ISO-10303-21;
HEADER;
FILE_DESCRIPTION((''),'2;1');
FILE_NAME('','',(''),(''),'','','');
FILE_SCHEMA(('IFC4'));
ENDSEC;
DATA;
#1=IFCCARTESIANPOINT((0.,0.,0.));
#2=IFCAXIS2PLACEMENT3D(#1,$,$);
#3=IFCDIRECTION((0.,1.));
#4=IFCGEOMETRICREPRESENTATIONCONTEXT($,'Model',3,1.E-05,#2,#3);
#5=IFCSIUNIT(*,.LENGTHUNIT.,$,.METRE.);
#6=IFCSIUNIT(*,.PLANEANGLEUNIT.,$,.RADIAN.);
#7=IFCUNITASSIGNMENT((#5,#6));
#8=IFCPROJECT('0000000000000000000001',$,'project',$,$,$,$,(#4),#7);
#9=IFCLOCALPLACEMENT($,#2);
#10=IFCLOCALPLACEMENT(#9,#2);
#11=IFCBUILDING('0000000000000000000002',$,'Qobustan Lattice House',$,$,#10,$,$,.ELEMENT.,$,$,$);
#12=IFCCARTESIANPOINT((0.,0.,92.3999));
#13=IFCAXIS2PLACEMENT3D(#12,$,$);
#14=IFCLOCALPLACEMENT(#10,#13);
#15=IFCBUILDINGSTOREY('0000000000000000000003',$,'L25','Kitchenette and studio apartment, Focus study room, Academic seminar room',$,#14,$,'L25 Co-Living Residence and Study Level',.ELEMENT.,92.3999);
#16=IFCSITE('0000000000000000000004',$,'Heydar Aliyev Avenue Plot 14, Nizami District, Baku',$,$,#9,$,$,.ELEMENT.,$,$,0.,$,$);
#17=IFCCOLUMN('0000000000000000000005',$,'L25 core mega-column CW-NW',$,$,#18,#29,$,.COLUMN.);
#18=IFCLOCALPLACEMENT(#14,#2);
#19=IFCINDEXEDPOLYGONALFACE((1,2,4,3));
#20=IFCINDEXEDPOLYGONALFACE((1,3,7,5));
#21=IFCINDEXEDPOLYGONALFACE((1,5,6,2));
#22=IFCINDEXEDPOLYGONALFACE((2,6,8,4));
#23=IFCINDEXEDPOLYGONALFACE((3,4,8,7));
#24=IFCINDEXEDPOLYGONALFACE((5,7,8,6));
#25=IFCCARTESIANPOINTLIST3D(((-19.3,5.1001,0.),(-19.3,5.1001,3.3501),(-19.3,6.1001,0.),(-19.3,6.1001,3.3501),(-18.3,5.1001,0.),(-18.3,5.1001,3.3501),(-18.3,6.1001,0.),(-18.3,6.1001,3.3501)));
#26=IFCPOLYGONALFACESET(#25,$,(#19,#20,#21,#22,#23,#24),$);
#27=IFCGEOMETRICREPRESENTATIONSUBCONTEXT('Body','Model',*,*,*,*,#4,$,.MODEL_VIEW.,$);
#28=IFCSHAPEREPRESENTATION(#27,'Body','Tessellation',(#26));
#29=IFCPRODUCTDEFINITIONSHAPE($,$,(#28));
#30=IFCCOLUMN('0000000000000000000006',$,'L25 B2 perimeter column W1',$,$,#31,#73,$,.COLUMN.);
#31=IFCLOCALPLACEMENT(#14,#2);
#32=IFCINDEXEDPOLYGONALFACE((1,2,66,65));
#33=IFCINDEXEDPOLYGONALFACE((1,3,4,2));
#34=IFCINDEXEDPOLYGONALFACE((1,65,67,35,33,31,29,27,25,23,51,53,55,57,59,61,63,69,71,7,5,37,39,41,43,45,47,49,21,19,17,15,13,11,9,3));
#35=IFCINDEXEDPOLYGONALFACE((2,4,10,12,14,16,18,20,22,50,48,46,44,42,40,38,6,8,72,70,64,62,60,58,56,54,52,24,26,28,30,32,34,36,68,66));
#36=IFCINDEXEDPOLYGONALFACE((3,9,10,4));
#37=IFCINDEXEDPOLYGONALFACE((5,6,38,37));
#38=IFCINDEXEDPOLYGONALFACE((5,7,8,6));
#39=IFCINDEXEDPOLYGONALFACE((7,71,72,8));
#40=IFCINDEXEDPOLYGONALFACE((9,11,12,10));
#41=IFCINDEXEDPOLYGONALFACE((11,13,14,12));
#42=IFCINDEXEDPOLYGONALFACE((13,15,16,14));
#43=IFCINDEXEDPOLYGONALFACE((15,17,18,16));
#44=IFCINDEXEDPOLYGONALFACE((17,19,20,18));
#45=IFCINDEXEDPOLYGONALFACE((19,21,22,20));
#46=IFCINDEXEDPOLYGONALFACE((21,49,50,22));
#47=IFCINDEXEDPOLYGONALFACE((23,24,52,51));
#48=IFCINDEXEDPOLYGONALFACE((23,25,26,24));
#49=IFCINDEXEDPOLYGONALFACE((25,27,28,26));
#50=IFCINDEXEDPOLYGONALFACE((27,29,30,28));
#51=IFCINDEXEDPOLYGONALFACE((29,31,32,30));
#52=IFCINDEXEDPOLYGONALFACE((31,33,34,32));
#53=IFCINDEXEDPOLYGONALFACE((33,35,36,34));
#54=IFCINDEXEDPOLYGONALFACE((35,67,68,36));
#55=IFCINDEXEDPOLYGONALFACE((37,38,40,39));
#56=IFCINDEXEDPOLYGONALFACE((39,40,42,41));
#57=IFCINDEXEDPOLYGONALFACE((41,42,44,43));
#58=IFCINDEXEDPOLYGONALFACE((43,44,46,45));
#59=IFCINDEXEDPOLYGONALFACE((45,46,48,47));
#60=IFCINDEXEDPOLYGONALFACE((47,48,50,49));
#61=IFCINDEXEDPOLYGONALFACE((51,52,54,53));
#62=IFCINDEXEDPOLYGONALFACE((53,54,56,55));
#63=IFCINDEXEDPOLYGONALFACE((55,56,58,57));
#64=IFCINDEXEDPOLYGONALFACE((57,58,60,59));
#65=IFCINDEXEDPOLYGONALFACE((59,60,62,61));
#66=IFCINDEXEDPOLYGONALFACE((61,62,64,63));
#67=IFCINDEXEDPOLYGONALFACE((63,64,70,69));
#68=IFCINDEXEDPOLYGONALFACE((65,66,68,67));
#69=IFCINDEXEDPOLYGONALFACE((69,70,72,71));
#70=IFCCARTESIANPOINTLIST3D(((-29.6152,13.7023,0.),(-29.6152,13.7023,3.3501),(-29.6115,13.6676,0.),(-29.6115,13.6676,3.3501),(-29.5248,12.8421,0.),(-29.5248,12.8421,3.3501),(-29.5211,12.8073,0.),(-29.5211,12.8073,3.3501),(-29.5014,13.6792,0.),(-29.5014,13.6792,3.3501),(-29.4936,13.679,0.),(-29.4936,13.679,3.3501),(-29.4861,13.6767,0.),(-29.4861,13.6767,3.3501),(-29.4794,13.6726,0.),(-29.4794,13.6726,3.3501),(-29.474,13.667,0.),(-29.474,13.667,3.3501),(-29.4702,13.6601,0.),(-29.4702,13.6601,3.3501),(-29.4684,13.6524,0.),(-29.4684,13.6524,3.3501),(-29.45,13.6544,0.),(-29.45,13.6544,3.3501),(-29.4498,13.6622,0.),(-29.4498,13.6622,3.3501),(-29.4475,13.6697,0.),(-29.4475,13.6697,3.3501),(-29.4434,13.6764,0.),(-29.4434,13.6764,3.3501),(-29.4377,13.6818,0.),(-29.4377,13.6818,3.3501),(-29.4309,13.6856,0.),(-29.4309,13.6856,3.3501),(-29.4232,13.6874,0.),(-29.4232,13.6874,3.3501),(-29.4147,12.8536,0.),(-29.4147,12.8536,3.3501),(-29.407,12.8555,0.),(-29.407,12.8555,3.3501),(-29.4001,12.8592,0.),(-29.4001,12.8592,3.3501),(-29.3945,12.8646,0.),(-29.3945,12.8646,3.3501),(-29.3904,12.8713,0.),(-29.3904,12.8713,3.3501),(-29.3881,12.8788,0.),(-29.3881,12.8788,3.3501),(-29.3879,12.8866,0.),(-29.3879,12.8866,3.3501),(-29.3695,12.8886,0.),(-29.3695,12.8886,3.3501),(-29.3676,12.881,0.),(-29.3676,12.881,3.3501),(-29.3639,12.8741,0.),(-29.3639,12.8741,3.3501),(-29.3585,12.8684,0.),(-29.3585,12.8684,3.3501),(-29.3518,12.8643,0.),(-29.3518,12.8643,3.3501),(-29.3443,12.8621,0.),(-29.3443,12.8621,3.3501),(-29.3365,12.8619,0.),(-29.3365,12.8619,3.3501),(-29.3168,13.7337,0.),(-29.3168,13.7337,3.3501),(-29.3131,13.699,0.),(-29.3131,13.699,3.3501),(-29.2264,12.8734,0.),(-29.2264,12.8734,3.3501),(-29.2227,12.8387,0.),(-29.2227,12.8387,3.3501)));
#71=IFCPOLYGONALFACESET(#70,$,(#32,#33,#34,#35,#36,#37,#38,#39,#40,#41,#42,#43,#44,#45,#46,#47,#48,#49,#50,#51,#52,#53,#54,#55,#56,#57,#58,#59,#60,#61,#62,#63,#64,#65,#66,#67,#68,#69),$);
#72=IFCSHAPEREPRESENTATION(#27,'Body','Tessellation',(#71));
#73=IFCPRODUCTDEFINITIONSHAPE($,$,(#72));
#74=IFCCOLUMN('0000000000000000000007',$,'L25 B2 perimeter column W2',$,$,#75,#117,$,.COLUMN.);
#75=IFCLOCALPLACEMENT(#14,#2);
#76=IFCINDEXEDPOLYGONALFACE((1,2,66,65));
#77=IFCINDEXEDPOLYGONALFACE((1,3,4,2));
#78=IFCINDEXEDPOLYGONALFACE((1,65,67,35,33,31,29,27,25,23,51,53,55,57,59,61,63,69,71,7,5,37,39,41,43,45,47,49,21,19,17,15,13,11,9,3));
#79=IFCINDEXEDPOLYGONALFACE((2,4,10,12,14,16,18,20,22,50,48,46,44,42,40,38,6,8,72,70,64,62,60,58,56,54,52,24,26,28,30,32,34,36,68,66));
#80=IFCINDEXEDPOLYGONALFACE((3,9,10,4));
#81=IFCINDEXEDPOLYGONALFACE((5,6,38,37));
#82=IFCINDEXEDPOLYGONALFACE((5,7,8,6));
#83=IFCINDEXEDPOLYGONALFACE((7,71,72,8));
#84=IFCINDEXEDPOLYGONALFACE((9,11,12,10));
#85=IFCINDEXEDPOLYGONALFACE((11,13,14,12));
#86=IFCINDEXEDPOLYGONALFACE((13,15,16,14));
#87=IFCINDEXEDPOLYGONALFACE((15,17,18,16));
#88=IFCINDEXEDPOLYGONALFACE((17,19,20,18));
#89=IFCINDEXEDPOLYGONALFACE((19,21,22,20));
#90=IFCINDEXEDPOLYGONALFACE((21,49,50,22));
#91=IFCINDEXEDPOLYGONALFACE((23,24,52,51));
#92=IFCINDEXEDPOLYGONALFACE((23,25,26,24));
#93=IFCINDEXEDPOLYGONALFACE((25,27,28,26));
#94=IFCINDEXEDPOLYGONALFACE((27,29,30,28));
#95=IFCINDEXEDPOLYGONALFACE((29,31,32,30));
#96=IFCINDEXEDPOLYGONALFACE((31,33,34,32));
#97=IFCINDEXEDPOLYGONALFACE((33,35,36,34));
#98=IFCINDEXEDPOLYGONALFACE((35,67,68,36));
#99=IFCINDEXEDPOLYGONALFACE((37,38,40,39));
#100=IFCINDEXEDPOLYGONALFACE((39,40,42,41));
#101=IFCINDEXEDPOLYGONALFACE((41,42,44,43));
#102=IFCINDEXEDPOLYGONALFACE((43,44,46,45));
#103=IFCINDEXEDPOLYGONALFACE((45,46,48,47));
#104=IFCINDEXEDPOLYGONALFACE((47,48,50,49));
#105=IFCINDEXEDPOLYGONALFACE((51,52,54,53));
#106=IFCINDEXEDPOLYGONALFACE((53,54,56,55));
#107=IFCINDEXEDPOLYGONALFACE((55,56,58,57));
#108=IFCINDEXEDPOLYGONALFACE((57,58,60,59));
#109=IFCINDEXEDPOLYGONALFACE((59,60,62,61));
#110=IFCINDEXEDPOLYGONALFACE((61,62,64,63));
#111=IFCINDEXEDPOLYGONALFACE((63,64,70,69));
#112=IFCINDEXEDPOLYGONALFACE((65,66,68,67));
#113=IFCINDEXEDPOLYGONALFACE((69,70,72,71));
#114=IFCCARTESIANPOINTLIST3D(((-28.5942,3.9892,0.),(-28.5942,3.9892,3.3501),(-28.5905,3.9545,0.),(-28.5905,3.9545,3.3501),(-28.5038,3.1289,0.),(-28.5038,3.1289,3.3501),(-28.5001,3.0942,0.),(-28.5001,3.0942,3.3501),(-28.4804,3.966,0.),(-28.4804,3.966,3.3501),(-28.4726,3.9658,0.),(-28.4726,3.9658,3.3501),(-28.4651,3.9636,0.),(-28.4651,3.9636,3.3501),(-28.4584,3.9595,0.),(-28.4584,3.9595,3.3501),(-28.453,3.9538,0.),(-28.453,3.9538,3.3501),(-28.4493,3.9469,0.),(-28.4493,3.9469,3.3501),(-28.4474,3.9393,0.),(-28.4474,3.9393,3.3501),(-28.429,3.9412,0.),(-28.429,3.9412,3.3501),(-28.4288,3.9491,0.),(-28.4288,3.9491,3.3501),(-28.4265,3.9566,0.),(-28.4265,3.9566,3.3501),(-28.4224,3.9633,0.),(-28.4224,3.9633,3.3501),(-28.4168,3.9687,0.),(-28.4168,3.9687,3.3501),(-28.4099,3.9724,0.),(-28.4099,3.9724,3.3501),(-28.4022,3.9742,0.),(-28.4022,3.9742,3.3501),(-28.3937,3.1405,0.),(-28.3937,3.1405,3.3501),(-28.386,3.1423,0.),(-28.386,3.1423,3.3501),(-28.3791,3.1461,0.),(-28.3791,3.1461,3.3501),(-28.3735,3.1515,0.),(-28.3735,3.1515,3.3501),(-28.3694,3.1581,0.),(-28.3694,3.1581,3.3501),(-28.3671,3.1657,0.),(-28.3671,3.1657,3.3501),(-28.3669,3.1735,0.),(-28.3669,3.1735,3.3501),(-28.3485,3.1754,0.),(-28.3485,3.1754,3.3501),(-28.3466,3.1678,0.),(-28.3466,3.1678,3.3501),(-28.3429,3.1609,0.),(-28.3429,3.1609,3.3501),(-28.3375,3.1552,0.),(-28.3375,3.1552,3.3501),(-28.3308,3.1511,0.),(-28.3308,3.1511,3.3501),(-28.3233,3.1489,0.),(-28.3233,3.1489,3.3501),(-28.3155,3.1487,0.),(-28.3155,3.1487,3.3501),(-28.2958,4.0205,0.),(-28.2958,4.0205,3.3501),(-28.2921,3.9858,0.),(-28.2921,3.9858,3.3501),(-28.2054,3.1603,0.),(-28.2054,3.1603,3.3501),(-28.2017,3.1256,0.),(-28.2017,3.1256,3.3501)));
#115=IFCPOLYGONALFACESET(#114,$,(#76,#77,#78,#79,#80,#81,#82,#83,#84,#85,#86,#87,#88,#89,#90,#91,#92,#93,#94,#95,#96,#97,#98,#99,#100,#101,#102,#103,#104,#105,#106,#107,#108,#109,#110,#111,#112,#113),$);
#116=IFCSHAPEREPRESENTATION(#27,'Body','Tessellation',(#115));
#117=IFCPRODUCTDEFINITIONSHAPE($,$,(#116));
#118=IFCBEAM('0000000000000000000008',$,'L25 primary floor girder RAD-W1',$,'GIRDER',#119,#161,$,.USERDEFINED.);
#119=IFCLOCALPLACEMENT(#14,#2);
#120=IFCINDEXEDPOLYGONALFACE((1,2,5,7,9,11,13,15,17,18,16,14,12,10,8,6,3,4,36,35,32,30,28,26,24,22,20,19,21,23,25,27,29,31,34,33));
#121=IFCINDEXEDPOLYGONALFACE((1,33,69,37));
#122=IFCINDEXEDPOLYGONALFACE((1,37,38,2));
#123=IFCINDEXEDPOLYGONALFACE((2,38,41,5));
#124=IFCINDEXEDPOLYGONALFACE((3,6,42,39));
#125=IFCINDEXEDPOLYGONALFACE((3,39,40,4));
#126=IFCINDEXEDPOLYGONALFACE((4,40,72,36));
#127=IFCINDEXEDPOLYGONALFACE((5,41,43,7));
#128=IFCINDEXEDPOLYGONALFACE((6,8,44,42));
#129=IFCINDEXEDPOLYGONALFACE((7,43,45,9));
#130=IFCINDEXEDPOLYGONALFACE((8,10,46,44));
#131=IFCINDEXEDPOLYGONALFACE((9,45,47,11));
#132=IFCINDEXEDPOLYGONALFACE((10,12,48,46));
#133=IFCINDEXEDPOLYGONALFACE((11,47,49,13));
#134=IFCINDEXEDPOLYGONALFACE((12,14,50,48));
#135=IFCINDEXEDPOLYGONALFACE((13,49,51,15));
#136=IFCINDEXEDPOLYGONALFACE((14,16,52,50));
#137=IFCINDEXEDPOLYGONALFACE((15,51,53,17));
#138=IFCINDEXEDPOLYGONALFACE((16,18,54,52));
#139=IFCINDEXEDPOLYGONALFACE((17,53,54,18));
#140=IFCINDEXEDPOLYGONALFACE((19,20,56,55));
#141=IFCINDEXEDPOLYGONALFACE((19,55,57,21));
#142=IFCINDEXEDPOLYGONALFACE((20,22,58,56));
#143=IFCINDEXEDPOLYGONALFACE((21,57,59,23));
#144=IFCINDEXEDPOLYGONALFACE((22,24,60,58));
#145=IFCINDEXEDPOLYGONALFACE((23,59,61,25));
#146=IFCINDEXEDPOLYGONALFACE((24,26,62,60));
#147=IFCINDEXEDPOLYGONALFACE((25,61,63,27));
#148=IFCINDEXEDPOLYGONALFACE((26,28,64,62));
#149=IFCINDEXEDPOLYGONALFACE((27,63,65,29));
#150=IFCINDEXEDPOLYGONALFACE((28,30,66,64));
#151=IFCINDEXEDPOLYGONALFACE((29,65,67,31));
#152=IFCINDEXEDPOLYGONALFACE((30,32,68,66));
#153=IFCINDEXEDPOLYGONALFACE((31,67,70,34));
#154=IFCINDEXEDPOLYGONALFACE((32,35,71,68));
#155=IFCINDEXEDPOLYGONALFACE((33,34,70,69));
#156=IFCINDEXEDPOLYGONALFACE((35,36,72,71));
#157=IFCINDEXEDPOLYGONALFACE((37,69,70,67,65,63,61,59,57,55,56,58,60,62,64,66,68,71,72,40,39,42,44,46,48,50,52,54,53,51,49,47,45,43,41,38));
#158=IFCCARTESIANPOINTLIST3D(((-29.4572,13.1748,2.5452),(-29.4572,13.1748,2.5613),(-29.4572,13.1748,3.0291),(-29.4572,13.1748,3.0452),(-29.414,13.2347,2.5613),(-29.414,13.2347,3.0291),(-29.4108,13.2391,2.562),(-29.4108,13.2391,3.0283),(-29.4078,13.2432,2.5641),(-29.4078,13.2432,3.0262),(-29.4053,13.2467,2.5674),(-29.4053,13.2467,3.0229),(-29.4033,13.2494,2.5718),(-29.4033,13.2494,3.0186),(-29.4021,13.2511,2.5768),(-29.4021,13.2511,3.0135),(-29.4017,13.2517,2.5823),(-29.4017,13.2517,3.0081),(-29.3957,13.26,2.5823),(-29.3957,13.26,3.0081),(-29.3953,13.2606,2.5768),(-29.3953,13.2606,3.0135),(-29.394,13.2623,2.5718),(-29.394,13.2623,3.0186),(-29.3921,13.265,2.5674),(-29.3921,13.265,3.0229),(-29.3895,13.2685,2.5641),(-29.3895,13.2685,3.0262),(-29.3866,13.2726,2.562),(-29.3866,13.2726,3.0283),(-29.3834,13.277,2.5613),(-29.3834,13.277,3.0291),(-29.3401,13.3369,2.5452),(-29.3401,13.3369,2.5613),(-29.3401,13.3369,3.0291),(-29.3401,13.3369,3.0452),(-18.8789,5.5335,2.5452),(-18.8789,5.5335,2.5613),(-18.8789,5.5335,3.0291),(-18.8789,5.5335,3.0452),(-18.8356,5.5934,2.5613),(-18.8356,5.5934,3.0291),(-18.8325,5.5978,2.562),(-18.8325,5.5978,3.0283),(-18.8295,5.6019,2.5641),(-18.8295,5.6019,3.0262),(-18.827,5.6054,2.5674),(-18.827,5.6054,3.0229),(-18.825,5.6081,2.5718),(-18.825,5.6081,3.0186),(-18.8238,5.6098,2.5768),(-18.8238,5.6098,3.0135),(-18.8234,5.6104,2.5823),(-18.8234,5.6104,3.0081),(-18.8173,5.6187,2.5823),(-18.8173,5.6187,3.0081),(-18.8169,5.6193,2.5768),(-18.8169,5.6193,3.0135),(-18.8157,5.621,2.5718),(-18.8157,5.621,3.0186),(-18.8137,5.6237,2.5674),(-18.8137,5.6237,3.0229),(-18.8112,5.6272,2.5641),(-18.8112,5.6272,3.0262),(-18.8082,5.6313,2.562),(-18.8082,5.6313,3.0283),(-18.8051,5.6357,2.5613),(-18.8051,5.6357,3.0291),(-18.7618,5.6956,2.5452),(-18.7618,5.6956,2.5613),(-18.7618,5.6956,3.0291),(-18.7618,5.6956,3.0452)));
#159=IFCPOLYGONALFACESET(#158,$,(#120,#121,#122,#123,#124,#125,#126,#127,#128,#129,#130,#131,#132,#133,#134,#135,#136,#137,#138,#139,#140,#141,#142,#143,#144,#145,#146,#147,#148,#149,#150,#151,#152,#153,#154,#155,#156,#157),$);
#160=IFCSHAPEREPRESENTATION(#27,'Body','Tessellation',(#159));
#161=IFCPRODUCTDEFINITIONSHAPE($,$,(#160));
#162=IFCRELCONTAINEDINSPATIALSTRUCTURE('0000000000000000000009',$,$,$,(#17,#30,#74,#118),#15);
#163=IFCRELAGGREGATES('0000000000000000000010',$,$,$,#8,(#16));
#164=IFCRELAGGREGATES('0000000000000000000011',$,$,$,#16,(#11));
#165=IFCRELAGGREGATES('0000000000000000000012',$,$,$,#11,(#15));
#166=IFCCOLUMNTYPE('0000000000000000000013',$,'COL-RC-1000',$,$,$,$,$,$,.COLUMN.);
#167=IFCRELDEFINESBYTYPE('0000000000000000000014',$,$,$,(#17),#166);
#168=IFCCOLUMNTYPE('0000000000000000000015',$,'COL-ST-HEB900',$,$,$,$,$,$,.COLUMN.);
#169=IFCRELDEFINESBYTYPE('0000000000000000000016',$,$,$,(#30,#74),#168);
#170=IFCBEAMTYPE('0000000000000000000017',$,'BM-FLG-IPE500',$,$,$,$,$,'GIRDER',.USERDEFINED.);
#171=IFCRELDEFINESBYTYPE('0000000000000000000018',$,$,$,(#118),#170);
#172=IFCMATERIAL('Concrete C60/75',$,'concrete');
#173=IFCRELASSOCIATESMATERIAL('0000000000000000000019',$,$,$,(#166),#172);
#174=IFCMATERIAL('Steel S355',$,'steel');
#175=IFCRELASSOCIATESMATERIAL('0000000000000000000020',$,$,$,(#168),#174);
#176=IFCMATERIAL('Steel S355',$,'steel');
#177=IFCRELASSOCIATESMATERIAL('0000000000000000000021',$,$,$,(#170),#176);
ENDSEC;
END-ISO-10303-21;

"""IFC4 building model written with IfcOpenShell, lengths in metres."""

from ifc_helpers import new_model, si_unit, direction, frame, origin, origin_2d, place, context, subcontext, project, spatial, rectangle, i_section, extrude, material, material_profile, profile_set, type_object, element, save


model = new_model("IFC4")

# Units and contexts
model_context = context("Model", 3, precision=1e-05, world=origin(), true_north=direction((0.0, 1.0)))
body_context = subcontext(model_context, "Body", "Model", "MODEL_VIEW")
ifc_project = project(units=[si_unit("LENGTHUNIT", "METRE"), si_unit("PLANEANGLEUNIT", "RADIAN")], contexts=[model_context])

# Site, building, storey
site_placement = place(None, origin())
site = spatial("IfcSite", under=ifc_project, at=site_placement, Name="Heydar Aliyev Avenue Plot 14, Nizami District, Baku", CompositionType="ELEMENT", RefElevation=0.0)
building_placement = place(site_placement, origin())
building = spatial("IfcBuilding", under=site, at=building_placement, Name="Qobustan Lattice House", CompositionType="ELEMENT")
storey_placement = place(building_placement, frame((0.0, 0.0, 92.3999)))
storey = spatial("IfcBuildingStorey", under=building, at=storey_placement, Name="L25", Description="Kitchenette and studio apartment, Focus study room, Academic seminar room", LongName="L25 Co-Living Residence and Study Level", CompositionType="ELEMENT", Elevation=92.3999)

# Columns
ifc_material_1 = material(Name="Concrete C60/75", Category="concrete")
ifc_material_profile_1 = material_profile(ifc_material_1, rectangle(XDim=1.0, YDim=1.0, at=origin_2d()), Name="RC1000x1000")
ifc_profile_set_1 = profile_set([ifc_material_profile_1], Name="Concrete C60/75")
column_type_1 = type_object("IfcColumnType", Name="COL-RC-1000", PredefinedType="COLUMN", material=ifc_profile_set_1)
column_placement = place(storey_placement, frame((-18.8, 5.6001, 0.0), z_axis=(0.0, 0.0, 1.0), x_axis=(1.0, 0.0, 0.0)))
element("IfcColumn", 1, at=column_placement, inside=storey, type_object=column_type_1, Name="L25 core mega-column CW-NW", PredefinedType="COLUMN", context=body_context, shape_type="SweptSolid", body=[
    extrude(rectangle(XDim=1.0, YDim=1.0, at=origin_2d()), origin(), (0.0, 0.0, 1.0), 3.3501),
])
ifc_material_2 = material(Name="Steel S355", Category="steel")
ifc_material_profile_2 = material_profile(ifc_material_2, i_section(OverallWidth=0.3, OverallDepth=0.8999, WebThickness=0.0186, FlangeThickness=0.0349, FilletRadius=0.03, at=origin_2d()), Name="HEB900")
ifc_profile_set_2 = profile_set([ifc_material_profile_2], Name="Steel S355")
column_type_2 = type_object("IfcColumnType", Name="COL-ST-HEB900", PredefinedType="COLUMN", material=ifc_profile_set_2)
for number, where, z_axis, x_axis, name in (
    (2, (-29.4189, 13.2705, 0.0), (0.0, 0.0, 1.0), (0.994522, 0.104528, 0.0), "L25 B2 perimeter column W1"),
    (3, (-28.3979, 3.5574, 0.0), (0.0, 0.0, 1.0), (0.994522, 0.104528, 0.0), "L25 B2 perimeter column W2"),
):
    element("IfcColumn", number, at=place(storey_placement, frame(where, z_axis=z_axis, x_axis=x_axis)), inside=storey, type_object=column_type_2, Name=name, PredefinedType="COLUMN", context=body_context, shape_type="SweptSolid", body=[
        extrude(i_section(OverallWidth=0.3, OverallDepth=0.8999, WebThickness=0.0186, FlangeThickness=0.0349, FilletRadius=0.03, at=origin_2d()), origin(), (0.0, 0.0, 1.0), 3.3501),
    ])

# Beam
ifc_material_3 = material(Name="Steel S355", Category="steel")
ifc_material_profile_3 = material_profile(ifc_material_3, i_section(OverallWidth=0.2, OverallDepth=0.5, WebThickness=0.0103, FlangeThickness=0.0161, FilletRadius=0.021, at=origin_2d()), Name="IPE500")
ifc_profile_set_3 = profile_set([ifc_material_profile_3], Name="Steel S355")
beam_type_1 = type_object("IfcBeamType", Name="BM-FLG-IPE500", ElementType="GIRDER", PredefinedType="USERDEFINED", material=ifc_profile_set_3)
beam_1_placement = place(storey_placement, frame((-29.3987, 13.2559, 2.7952), z_axis=(0.810627, -0.585562, 0.0), x_axis=(0.585562, 0.810627, 0.0)))
element("IfcBeam", 4, at=beam_1_placement, inside=storey, type_object=beam_type_1, Name="L25 primary floor girder RAD-W1", ObjectType="GIRDER", PredefinedType="USERDEFINED", context=body_context, shape_type="SweptSolid", body=[
    extrude(i_section(OverallWidth=0.2, OverallDepth=0.5, WebThickness=0.0103, FlangeThickness=0.0161, FilletRadius=0.021, at=origin_2d()), origin(), (0.0, 0.0, 1.0), 13.0496),
])

save(model, "model.ifc")
